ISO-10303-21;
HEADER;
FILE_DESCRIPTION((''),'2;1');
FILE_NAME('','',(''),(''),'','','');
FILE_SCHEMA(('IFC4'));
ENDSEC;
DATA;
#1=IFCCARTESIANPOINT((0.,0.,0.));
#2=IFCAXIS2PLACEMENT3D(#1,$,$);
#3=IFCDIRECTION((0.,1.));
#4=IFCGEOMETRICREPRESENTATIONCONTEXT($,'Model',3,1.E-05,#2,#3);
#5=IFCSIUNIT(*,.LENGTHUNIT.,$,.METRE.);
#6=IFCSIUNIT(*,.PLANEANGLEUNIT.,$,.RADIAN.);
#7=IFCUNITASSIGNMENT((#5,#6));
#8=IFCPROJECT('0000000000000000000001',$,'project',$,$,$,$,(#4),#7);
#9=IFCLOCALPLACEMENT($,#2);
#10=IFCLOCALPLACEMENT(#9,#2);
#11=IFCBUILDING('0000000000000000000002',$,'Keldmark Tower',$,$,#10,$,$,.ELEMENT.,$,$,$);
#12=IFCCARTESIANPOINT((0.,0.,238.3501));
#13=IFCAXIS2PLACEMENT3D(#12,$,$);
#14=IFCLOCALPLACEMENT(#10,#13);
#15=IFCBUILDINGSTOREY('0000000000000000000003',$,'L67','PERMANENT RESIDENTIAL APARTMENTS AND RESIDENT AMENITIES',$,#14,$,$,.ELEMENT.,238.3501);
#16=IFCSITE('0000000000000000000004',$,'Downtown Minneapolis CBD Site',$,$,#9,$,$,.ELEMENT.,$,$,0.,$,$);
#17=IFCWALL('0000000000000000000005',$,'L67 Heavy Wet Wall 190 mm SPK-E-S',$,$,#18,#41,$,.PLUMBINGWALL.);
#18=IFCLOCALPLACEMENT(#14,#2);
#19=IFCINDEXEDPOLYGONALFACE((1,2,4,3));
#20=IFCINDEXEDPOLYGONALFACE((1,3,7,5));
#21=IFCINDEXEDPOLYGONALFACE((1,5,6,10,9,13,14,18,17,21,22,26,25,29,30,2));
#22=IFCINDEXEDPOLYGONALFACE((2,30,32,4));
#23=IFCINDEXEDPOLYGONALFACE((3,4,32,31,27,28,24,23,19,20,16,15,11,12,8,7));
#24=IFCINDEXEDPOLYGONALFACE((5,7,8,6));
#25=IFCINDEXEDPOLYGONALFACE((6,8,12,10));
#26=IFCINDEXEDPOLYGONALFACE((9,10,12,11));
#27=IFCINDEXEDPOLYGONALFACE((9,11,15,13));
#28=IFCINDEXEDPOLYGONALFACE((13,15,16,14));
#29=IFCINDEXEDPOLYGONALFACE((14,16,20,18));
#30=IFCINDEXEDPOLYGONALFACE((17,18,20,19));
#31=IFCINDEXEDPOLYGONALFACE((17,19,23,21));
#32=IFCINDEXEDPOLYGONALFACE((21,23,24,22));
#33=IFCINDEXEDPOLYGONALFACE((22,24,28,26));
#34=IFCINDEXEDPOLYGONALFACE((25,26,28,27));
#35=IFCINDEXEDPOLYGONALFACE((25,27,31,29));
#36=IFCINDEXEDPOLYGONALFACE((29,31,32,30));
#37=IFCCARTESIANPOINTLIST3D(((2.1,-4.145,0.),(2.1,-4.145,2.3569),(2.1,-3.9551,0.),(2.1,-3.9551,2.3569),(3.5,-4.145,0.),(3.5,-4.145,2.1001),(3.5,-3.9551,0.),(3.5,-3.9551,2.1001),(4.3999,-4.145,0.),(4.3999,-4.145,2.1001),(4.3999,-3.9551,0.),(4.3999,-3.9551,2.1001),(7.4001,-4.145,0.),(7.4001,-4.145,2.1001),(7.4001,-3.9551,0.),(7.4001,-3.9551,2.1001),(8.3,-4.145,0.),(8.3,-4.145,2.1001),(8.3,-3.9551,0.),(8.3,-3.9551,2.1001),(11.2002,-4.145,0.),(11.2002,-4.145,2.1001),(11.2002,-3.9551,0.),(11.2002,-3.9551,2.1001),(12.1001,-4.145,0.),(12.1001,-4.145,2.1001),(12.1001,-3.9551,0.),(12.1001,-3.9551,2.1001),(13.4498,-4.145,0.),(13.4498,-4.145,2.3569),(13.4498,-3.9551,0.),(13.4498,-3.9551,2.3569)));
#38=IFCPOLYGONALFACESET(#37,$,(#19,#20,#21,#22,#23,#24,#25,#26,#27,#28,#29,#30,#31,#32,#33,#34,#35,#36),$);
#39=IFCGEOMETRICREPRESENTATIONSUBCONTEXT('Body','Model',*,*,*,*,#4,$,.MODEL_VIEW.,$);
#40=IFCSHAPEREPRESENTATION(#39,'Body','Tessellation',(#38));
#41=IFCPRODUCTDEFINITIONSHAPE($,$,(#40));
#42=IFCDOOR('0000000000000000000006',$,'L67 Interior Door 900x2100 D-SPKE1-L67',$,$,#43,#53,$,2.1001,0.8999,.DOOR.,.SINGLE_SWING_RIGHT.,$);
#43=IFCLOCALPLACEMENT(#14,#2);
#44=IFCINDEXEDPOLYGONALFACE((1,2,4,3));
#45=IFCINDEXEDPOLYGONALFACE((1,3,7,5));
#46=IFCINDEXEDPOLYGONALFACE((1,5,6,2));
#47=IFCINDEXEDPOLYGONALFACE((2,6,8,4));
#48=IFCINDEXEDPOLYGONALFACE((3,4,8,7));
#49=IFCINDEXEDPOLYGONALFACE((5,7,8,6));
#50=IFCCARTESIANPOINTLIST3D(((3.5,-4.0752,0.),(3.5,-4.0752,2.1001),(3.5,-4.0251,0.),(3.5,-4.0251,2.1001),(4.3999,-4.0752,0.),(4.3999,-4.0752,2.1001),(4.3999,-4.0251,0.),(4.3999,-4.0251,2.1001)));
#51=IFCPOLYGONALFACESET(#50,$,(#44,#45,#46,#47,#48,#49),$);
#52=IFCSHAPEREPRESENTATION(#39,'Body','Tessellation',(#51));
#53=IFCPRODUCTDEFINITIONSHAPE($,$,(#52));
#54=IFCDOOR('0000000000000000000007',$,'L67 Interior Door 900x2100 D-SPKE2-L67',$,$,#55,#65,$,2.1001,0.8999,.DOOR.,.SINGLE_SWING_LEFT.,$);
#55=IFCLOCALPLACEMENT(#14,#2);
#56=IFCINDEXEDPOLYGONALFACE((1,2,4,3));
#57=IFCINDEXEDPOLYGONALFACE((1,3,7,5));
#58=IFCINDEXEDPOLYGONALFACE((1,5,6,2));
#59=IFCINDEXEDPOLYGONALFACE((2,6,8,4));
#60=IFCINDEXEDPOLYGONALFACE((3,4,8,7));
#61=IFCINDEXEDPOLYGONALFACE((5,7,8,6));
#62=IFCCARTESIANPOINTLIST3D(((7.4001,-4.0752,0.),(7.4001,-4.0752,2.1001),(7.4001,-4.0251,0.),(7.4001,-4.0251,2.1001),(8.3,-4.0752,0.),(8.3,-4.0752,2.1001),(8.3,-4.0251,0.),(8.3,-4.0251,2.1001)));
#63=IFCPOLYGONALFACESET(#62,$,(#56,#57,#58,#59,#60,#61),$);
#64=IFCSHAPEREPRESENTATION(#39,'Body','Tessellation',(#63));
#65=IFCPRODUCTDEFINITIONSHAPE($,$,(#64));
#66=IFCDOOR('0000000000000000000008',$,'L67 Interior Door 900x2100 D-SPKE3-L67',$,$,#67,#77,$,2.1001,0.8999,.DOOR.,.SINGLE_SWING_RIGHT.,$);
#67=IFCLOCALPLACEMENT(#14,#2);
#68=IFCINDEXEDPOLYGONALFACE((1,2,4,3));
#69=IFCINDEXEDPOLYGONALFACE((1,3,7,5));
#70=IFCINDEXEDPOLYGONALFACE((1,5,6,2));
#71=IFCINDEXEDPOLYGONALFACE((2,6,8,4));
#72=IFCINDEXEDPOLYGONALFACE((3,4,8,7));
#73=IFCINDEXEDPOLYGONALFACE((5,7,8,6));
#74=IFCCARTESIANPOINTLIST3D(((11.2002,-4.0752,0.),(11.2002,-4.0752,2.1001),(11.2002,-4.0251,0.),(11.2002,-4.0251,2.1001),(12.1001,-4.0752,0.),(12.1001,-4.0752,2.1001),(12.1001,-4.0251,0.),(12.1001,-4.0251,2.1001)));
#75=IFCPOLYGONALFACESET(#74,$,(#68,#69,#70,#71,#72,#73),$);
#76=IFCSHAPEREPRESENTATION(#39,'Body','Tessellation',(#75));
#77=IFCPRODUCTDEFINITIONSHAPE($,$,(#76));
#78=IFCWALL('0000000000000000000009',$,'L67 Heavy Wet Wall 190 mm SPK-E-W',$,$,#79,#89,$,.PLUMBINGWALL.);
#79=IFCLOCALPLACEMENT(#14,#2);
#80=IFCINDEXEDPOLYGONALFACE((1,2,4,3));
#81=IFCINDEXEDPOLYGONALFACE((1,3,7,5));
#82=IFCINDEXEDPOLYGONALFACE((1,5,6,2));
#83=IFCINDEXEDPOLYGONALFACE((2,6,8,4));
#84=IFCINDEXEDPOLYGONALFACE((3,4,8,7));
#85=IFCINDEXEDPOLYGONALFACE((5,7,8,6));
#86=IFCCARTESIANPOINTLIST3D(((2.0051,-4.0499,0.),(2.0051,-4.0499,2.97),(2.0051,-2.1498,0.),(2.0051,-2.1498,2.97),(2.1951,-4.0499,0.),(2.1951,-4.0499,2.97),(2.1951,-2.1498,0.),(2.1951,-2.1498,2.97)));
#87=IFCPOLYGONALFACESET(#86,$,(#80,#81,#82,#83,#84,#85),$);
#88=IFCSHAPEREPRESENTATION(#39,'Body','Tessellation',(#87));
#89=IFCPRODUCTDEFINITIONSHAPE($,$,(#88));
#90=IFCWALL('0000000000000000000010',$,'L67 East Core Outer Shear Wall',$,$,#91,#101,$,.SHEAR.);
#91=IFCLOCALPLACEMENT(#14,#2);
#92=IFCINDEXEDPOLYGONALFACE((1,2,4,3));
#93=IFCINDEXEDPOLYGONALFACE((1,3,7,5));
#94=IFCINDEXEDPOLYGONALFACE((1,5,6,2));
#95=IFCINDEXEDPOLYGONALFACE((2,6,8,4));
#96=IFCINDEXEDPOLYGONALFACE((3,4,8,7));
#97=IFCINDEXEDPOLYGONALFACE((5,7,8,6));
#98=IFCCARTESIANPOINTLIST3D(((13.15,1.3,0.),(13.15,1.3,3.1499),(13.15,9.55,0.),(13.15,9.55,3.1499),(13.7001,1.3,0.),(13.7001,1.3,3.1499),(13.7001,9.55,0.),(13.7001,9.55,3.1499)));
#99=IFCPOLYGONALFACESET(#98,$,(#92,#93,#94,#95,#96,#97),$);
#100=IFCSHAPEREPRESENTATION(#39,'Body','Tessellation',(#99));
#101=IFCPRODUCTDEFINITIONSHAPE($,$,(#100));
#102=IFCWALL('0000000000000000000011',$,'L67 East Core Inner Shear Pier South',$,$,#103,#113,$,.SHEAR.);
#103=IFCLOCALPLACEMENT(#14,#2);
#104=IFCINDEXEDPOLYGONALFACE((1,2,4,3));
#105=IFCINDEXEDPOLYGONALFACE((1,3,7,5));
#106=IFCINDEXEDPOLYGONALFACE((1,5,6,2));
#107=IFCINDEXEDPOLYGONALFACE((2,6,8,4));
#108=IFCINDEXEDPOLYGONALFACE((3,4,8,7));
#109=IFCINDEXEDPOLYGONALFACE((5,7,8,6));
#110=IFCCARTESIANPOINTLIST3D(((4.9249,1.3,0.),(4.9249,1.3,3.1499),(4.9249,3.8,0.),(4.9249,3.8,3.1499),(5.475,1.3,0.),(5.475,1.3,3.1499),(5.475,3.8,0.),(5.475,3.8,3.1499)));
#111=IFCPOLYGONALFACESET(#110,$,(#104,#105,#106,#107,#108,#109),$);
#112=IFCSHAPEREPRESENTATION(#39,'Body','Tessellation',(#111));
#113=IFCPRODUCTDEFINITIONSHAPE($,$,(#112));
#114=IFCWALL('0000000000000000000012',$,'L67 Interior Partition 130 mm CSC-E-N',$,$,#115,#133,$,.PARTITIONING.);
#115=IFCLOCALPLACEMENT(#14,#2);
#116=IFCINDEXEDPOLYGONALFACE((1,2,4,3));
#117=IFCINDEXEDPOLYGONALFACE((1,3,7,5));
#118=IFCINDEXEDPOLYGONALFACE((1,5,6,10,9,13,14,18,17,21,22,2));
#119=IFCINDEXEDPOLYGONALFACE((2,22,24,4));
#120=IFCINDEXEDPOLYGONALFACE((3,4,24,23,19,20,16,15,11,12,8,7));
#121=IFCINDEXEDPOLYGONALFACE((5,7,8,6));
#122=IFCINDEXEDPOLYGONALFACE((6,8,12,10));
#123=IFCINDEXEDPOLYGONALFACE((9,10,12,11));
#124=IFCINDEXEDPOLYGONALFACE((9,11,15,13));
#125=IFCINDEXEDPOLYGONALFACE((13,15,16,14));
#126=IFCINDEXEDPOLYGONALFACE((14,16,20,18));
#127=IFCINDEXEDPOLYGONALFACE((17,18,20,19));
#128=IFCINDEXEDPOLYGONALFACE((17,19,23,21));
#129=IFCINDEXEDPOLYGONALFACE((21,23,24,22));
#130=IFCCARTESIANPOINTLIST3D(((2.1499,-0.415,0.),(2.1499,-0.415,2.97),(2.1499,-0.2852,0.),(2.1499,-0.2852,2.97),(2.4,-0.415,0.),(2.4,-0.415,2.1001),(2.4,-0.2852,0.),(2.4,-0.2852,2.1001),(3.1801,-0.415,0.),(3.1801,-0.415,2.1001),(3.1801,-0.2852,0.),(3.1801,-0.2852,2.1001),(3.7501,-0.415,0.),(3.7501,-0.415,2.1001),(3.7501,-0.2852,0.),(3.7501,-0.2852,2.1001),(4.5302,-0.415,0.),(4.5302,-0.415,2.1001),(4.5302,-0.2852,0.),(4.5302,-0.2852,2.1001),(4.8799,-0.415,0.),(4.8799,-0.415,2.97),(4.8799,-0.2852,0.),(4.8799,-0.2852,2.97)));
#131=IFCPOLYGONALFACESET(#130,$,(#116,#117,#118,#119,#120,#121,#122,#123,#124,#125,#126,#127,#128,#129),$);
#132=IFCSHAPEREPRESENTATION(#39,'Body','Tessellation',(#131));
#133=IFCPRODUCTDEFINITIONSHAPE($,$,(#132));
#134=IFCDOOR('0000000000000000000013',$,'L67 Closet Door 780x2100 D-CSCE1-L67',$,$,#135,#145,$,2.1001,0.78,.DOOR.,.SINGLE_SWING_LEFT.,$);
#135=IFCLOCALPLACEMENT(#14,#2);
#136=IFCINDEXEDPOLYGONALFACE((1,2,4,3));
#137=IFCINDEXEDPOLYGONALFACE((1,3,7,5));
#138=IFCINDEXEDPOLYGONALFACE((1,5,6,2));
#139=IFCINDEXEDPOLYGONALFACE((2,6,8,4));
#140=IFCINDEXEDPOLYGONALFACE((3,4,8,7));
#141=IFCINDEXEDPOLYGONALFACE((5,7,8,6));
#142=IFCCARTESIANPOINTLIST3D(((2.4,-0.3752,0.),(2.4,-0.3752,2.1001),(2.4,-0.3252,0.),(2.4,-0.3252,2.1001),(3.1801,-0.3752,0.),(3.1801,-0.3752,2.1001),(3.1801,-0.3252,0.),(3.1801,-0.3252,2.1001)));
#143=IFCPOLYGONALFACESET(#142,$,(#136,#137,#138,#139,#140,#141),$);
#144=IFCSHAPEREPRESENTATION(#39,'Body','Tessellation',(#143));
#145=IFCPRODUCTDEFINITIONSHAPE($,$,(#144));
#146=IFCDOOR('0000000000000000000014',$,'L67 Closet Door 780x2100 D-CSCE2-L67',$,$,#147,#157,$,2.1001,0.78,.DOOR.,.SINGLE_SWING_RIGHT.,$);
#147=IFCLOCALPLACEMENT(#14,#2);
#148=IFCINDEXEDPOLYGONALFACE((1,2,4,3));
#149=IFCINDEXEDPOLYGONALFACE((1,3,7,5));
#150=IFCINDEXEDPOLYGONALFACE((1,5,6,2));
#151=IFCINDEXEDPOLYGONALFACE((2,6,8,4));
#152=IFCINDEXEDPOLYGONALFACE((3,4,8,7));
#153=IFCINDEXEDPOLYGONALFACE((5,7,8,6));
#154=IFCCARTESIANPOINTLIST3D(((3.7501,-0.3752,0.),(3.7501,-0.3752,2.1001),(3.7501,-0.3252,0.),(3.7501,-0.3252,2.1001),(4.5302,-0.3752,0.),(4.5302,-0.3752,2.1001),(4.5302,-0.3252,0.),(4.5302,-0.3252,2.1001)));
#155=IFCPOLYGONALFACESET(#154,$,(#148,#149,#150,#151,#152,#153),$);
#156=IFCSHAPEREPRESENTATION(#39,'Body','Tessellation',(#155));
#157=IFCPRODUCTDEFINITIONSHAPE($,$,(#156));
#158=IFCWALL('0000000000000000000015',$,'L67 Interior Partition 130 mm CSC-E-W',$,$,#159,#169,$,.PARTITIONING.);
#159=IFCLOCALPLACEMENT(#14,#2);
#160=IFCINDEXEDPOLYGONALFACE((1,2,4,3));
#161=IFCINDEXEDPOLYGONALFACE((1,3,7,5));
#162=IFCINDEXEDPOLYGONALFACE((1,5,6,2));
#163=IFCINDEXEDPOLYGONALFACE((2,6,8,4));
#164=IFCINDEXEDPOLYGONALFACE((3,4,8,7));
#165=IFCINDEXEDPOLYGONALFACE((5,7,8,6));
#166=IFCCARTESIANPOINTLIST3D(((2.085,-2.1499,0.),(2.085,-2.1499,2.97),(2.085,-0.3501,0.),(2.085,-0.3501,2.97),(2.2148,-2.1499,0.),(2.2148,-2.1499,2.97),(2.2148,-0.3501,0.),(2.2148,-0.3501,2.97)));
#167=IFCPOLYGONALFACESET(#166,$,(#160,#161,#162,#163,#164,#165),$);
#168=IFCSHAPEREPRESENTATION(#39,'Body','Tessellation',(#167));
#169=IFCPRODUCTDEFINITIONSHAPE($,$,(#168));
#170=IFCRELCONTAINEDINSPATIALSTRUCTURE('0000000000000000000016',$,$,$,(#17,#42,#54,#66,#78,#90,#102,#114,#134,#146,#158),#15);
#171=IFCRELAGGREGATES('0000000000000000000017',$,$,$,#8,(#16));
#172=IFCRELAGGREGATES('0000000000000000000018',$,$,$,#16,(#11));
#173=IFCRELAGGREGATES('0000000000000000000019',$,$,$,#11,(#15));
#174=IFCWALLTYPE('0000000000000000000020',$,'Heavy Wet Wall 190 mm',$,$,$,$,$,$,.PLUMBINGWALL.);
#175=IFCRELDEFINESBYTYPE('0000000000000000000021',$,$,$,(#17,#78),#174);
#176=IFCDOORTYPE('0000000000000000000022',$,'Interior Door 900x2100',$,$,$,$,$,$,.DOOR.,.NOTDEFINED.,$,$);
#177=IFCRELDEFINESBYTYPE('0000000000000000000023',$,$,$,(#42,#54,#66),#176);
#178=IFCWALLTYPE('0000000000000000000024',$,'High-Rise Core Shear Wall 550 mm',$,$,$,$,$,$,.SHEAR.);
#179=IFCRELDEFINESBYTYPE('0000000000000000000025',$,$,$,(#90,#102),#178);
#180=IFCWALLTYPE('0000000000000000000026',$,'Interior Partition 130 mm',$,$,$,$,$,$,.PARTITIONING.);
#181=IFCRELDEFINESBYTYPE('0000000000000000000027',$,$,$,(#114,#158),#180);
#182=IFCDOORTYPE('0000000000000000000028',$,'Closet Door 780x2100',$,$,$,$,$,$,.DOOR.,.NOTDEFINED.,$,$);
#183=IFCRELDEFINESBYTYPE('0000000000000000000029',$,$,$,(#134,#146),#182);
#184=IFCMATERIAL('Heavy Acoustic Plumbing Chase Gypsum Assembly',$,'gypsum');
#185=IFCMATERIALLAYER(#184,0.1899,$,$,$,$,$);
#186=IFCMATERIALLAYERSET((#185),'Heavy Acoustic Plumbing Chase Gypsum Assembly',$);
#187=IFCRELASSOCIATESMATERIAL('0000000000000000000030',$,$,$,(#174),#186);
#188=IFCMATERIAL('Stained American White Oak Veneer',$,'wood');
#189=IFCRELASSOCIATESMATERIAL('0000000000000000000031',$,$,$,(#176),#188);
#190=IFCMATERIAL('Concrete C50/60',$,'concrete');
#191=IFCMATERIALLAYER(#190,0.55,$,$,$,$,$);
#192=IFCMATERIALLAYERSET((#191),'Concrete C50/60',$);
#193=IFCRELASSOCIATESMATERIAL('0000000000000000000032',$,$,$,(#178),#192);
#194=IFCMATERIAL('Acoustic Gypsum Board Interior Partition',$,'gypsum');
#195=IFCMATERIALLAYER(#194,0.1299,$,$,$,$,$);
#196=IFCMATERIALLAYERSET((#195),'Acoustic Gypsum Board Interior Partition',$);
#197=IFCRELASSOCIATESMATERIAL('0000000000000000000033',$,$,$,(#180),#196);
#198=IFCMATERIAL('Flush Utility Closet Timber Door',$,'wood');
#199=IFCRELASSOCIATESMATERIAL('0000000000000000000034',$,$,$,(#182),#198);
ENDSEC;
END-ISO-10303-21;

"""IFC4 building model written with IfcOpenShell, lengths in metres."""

from ifc_helpers import new_model, si_unit, direction, frame, frame_2d, origin, place, context, subcontext, project, spatial, rectangle, extrude, material, layer, layer_set, type_object, element, fill, save


model = new_model("IFC4")

# Units and contexts
model_context = context("Model", 3, precision=1e-05, world=origin(), true_north=direction((0.0, 1.0)))
body_context = subcontext(model_context, "Body", "Model", "MODEL_VIEW")
ifc_project = project(units=[si_unit("LENGTHUNIT", "METRE"), si_unit("PLANEANGLEUNIT", "RADIAN")], contexts=[model_context])

# Site, building, storey
site_placement = place(None, origin())
site = spatial("IfcSite", under=ifc_project, at=site_placement, Name="Downtown Minneapolis CBD Site", CompositionType="ELEMENT", RefElevation=0.0)
building_placement = place(site_placement, origin())
building = spatial("IfcBuilding", under=site, at=building_placement, Name="Keldmark Tower", CompositionType="ELEMENT")
storey_placement = place(building_placement, frame((0.0, 0.0, 238.3501)))
storey = spatial("IfcBuildingStorey", under=building, at=storey_placement, Name="L67", Description="PERMANENT RESIDENTIAL APARTMENTS AND RESIDENT AMENITIES", CompositionType="ELEMENT", Elevation=238.3501)

# Wall, openings, doors
ifc_material_1 = material(Name="Heavy Acoustic Plumbing Chase Gypsum Assembly", Category="gypsum")
ifc_layer_1 = layer(ifc_material_1, 0.1899)
ifc_layer_set_1 = layer_set([ifc_layer_1], Name="Heavy Acoustic Plumbing Chase Gypsum Assembly")
wall_type_1 = type_object("IfcWallType", Name="Heavy Wet Wall 190 mm", PredefinedType="PLUMBINGWALL", material=ifc_layer_set_1)
wall_1_placement = place(storey_placement, frame((2.1001, -4.05, 0.0), z_axis=(0.0, 0.0, 1.0), x_axis=(1.0, 0.0, 0.0)))
wall_1 = element("IfcWall", 1, at=wall_1_placement, inside=storey, type_object=wall_type_1, Name="L67 Heavy Wet Wall 190 mm SPK-E-S", PredefinedType="PLUMBINGWALL", context=body_context, shape_type="SweptSolid", body=[
    extrude(rectangle(XDim=11.3499, YDim=0.1899, at=frame_2d((5.6748, 0.0))), origin(), (0.0, 0.0, 1.0), 2.3569),
])
opening_1_placement = place(wall_1_placement, frame((1.3999, 0.0, 0.0)))
opening_1 = element("IfcOpeningElement", 2, at=opening_1_placement, cuts=wall_1, PredefinedType="OPENING", context=body_context, shape_type="SweptSolid", body=[
    extrude(rectangle(XDim=0.8999, YDim=2.1001, at=frame_2d((0.45, 1.05))), frame((0.0, 0.105, 0.0), z_axis=(0.0, -1.0, 0.0), x_axis=(1.0, 0.0, 0.0)), (0.0, 0.0, 1.0), 0.21),
])
opening_2_placement = place(wall_1_placement, frame((5.3, 0.0, 0.0)))
opening_2 = element("IfcOpeningElement", 3, at=opening_2_placement, cuts=wall_1, PredefinedType="OPENING", context=body_context, shape_type="SweptSolid", body=[
    extrude(rectangle(XDim=0.8999, YDim=2.1001, at=frame_2d((0.45, 1.05))), frame((0.0, 0.105, 0.0), z_axis=(0.0, -1.0, 0.0), x_axis=(1.0, 0.0, 0.0)), (0.0, 0.0, 1.0), 0.21),
])
opening_3_placement = place(wall_1_placement, frame((9.1001, 0.0, 0.0)))
opening_3 = element("IfcOpeningElement", 4, at=opening_3_placement, cuts=wall_1, PredefinedType="OPENING", context=body_context, shape_type="SweptSolid", body=[
    extrude(rectangle(XDim=0.8999, YDim=2.1001, at=frame_2d((0.45, 1.05))), frame((0.0, 0.105, 0.0), z_axis=(0.0, -1.0, 0.0), x_axis=(1.0, 0.0, 0.0)), (0.0, 0.0, 1.0), 0.21),
])
ifc_material_2 = material(Name="Stained American White Oak Veneer", Category="wood")
door_type_1 = type_object("IfcDoorType", Name="Interior Door 900x2100", OperationType="NOTDEFINED", PredefinedType="DOOR", material=ifc_material_2)
door_1_placement = place(opening_1_placement, origin())
door_1 = element("IfcDoor", 5, at=door_1_placement, inside=storey, type_object=door_type_1, Name="L67 Interior Door 900x2100 D-SPKE1-L67", OperationType="SINGLE_SWING_RIGHT", OverallHeight=2.1001, OverallWidth=0.8999, PredefinedType="DOOR", context=body_context, shape_type="SweptSolid", body=[
    extrude(rectangle(XDim=0.8999, YDim=2.1001, at=frame_2d((0.45, 1.05))), frame((0.0, 0.0249, 0.0), z_axis=(0.0, -1.0, 0.0), x_axis=(1.0, 0.0, 0.0)), (0.0, 0.0, 1.0), 0.05),
])
fill(opening_1, door_1)
door_2_placement = place(opening_2_placement, origin())
door_2 = element("IfcDoor", 6, at=door_2_placement, inside=storey, type_object=door_type_1, Name="L67 Interior Door 900x2100 D-SPKE2-L67", OperationType="SINGLE_SWING_LEFT", OverallHeight=2.1001, OverallWidth=0.8999, PredefinedType="DOOR", context=body_context, shape_type="SweptSolid", body=[
    extrude(rectangle(XDim=0.8999, YDim=2.1001, at=frame_2d((0.45, 1.05))), frame((0.0, 0.0249, 0.0), z_axis=(0.0, -1.0, 0.0), x_axis=(1.0, 0.0, 0.0)), (0.0, 0.0, 1.0), 0.05),
])
fill(opening_2, door_2)
door_3_placement = place(opening_3_placement, origin())
door_3 = element("IfcDoor", 7, at=door_3_placement, inside=storey, type_object=door_type_1, Name="L67 Interior Door 900x2100 D-SPKE3-L67", OperationType="SINGLE_SWING_RIGHT", OverallHeight=2.1001, OverallWidth=0.8999, PredefinedType="DOOR", context=body_context, shape_type="SweptSolid", body=[
    extrude(rectangle(XDim=0.8999, YDim=2.1001, at=frame_2d((0.45, 1.05))), frame((0.0, 0.0249, 0.0), z_axis=(0.0, -1.0, 0.0), x_axis=(1.0, 0.0, 0.0)), (0.0, 0.0, 1.0), 0.05),
])
fill(opening_3, door_3)

# Walls
wall_2_placement = place(storey_placement, frame((2.1001, -4.05, 0.0), z_axis=(0.0, 0.0, 1.0), x_axis=(0.0, 1.0, 0.0)))
element("IfcWall", 8, at=wall_2_placement, inside=storey, type_object=wall_type_1, Name="L67 Heavy Wet Wall 190 mm SPK-E-W", PredefinedType="PLUMBINGWALL", context=body_context, shape_type="SweptSolid", body=[
    extrude(rectangle(XDim=1.9001, YDim=0.1899, at=frame_2d((0.9502, 0.0))), origin(), (0.0, 0.0, 1.0), 2.97),
])
ifc_material_3 = material(Name="Concrete C50/60", Category="concrete")
ifc_layer_2 = layer(ifc_material_3, 0.55)
ifc_layer_set_2 = layer_set([ifc_layer_2], Name="Concrete C50/60")
wall_type_2 = type_object("IfcWallType", Name="High-Rise Core Shear Wall 550 mm", PredefinedType="SHEAR", material=ifc_layer_set_2)
wall_3_placement = place(storey_placement, frame((13.425, 1.3, 0.0), z_axis=(0.0, 0.0, 1.0), x_axis=(0.0, 1.0, 0.0)))
element("IfcWall", 9, at=wall_3_placement, inside=storey, type_object=wall_type_2, Name="L67 East Core Outer Shear Wall", PredefinedType="SHEAR", context=body_context, shape_type="SweptSolid", body=[
    extrude(rectangle(XDim=8.25, YDim=0.55, at=frame_2d((4.125, 0.0))), origin(), (0.0, 0.0, 1.0), 3.1499),
])
wall_4_placement = place(storey_placement, frame((5.2, 1.3, 0.0), z_axis=(0.0, 0.0, 1.0), x_axis=(0.0, 1.0, 0.0)))
element("IfcWall", 10, at=wall_4_placement, inside=storey, type_object=wall_type_2, Name="L67 East Core Inner Shear Pier South", PredefinedType="SHEAR", context=body_context, shape_type="SweptSolid", body=[
    extrude(rectangle(XDim=2.5, YDim=0.55, at=frame_2d((1.25, 0.0))), origin(), (0.0, 0.0, 1.0), 3.1499),
])

# Wall, openings, doors
ifc_material_4 = material(Name="Acoustic Gypsum Board Interior Partition", Category="gypsum")
ifc_layer_3 = layer(ifc_material_4, 0.1299)
ifc_layer_set_3 = layer_set([ifc_layer_3], Name="Acoustic Gypsum Board Interior Partition")
wall_type_3 = type_object("IfcWallType", Name="Interior Partition 130 mm", PredefinedType="PARTITIONING", material=ifc_layer_set_3)
wall_5_placement = place(storey_placement, frame((2.1499, -0.3501, 0.0), z_axis=(0.0, 0.0, 1.0), x_axis=(1.0, 0.0, 0.0)))
wall_5 = element("IfcWall", 11, at=wall_5_placement, inside=storey, type_object=wall_type_3, Name="L67 Interior Partition 130 mm CSC-E-N", PredefinedType="PARTITIONING", context=body_context, shape_type="SweptSolid", body=[
    extrude(rectangle(XDim=2.73, YDim=0.1299, at=frame_2d((1.365, 0.0))), origin(), (0.0, 0.0, 1.0), 2.97),
])
opening_4_placement = place(wall_5_placement, frame((0.25, 0.0, 0.0)))
opening_4 = element("IfcOpeningElement", 12, at=opening_4_placement, cuts=wall_5, PredefinedType="OPENING", context=body_context, shape_type="SweptSolid", body=[
    extrude(rectangle(XDim=0.78, YDim=2.1001, at=frame_2d((0.3901, 1.05))), frame((0.0, 0.075, 0.0), z_axis=(0.0, -1.0, 0.0), x_axis=(1.0, 0.0, 0.0)), (0.0, 0.0, 1.0), 0.1499),
])
opening_5_placement = place(wall_5_placement, frame((1.6001, 0.0, 0.0)))
opening_5 = element("IfcOpeningElement", 13, at=opening_5_placement, cuts=wall_5, PredefinedType="OPENING", context=body_context, shape_type="SweptSolid", body=[
    extrude(rectangle(XDim=0.78, YDim=2.1001, at=frame_2d((0.3901, 1.05))), frame((0.0, 0.075, 0.0), z_axis=(0.0, -1.0, 0.0), x_axis=(1.0, 0.0, 0.0)), (0.0, 0.0, 1.0), 0.1499),
])
ifc_material_5 = material(Name="Flush Utility Closet Timber Door", Category="wood")
door_type_2 = type_object("IfcDoorType", Name="Closet Door 780x2100", OperationType="NOTDEFINED", PredefinedType="DOOR", material=ifc_material_5)
door_4_placement = place(opening_4_placement, origin())
door_4 = element("IfcDoor", 14, at=door_4_placement, inside=storey, type_object=door_type_2, Name="L67 Closet Door 780x2100 D-CSCE1-L67", OperationType="SINGLE_SWING_LEFT", OverallHeight=2.1001, OverallWidth=0.78, PredefinedType="DOOR", context=body_context, shape_type="SweptSolid", body=[
    extrude(rectangle(XDim=0.78, YDim=2.1001, at=frame_2d((0.3901, 1.05))), frame((0.0, 0.0249, 0.0), z_axis=(0.0, -1.0, 0.0), x_axis=(1.0, 0.0, 0.0)), (0.0, 0.0, 1.0), 0.05),
])
fill(opening_4, door_4)
door_5_placement = place(opening_5_placement, origin())
door_5 = element("IfcDoor", 15, at=door_5_placement, inside=storey, type_object=door_type_2, Name="L67 Closet Door 780x2100 D-CSCE2-L67", OperationType="SINGLE_SWING_RIGHT", OverallHeight=2.1001, OverallWidth=0.78, PredefinedType="DOOR", context=body_context, shape_type="SweptSolid", body=[
    extrude(rectangle(XDim=0.78, YDim=2.1001, at=frame_2d((0.3901, 1.05))), frame((0.0, 0.0249, 0.0), z_axis=(0.0, -1.0, 0.0), x_axis=(1.0, 0.0, 0.0)), (0.0, 0.0, 1.0), 0.05),
])
fill(opening_5, door_5)

# Wall
for number, where, z_axis, x_axis, name in (
    (16, (2.1499, -2.1499, 0.0), (0.0, 0.0, 1.0), (0.0, 1.0, 0.0), "L67 Interior Partition 130 mm CSC-E-W"),
):
    element("IfcWall", number, at=place(storey_placement, frame(where, z_axis=z_axis, x_axis=x_axis)), inside=storey, type_object=wall_type_3, Name=name, PredefinedType="PARTITIONING", context=body_context, shape_type="SweptSolid", body=[
        extrude(rectangle(XDim=1.7998, YDim=0.1299, at=frame_2d((0.8999, 0.0))), origin(), (0.0, 0.0, 1.0), 2.97),
    ])

save(model, "model.ifc")
